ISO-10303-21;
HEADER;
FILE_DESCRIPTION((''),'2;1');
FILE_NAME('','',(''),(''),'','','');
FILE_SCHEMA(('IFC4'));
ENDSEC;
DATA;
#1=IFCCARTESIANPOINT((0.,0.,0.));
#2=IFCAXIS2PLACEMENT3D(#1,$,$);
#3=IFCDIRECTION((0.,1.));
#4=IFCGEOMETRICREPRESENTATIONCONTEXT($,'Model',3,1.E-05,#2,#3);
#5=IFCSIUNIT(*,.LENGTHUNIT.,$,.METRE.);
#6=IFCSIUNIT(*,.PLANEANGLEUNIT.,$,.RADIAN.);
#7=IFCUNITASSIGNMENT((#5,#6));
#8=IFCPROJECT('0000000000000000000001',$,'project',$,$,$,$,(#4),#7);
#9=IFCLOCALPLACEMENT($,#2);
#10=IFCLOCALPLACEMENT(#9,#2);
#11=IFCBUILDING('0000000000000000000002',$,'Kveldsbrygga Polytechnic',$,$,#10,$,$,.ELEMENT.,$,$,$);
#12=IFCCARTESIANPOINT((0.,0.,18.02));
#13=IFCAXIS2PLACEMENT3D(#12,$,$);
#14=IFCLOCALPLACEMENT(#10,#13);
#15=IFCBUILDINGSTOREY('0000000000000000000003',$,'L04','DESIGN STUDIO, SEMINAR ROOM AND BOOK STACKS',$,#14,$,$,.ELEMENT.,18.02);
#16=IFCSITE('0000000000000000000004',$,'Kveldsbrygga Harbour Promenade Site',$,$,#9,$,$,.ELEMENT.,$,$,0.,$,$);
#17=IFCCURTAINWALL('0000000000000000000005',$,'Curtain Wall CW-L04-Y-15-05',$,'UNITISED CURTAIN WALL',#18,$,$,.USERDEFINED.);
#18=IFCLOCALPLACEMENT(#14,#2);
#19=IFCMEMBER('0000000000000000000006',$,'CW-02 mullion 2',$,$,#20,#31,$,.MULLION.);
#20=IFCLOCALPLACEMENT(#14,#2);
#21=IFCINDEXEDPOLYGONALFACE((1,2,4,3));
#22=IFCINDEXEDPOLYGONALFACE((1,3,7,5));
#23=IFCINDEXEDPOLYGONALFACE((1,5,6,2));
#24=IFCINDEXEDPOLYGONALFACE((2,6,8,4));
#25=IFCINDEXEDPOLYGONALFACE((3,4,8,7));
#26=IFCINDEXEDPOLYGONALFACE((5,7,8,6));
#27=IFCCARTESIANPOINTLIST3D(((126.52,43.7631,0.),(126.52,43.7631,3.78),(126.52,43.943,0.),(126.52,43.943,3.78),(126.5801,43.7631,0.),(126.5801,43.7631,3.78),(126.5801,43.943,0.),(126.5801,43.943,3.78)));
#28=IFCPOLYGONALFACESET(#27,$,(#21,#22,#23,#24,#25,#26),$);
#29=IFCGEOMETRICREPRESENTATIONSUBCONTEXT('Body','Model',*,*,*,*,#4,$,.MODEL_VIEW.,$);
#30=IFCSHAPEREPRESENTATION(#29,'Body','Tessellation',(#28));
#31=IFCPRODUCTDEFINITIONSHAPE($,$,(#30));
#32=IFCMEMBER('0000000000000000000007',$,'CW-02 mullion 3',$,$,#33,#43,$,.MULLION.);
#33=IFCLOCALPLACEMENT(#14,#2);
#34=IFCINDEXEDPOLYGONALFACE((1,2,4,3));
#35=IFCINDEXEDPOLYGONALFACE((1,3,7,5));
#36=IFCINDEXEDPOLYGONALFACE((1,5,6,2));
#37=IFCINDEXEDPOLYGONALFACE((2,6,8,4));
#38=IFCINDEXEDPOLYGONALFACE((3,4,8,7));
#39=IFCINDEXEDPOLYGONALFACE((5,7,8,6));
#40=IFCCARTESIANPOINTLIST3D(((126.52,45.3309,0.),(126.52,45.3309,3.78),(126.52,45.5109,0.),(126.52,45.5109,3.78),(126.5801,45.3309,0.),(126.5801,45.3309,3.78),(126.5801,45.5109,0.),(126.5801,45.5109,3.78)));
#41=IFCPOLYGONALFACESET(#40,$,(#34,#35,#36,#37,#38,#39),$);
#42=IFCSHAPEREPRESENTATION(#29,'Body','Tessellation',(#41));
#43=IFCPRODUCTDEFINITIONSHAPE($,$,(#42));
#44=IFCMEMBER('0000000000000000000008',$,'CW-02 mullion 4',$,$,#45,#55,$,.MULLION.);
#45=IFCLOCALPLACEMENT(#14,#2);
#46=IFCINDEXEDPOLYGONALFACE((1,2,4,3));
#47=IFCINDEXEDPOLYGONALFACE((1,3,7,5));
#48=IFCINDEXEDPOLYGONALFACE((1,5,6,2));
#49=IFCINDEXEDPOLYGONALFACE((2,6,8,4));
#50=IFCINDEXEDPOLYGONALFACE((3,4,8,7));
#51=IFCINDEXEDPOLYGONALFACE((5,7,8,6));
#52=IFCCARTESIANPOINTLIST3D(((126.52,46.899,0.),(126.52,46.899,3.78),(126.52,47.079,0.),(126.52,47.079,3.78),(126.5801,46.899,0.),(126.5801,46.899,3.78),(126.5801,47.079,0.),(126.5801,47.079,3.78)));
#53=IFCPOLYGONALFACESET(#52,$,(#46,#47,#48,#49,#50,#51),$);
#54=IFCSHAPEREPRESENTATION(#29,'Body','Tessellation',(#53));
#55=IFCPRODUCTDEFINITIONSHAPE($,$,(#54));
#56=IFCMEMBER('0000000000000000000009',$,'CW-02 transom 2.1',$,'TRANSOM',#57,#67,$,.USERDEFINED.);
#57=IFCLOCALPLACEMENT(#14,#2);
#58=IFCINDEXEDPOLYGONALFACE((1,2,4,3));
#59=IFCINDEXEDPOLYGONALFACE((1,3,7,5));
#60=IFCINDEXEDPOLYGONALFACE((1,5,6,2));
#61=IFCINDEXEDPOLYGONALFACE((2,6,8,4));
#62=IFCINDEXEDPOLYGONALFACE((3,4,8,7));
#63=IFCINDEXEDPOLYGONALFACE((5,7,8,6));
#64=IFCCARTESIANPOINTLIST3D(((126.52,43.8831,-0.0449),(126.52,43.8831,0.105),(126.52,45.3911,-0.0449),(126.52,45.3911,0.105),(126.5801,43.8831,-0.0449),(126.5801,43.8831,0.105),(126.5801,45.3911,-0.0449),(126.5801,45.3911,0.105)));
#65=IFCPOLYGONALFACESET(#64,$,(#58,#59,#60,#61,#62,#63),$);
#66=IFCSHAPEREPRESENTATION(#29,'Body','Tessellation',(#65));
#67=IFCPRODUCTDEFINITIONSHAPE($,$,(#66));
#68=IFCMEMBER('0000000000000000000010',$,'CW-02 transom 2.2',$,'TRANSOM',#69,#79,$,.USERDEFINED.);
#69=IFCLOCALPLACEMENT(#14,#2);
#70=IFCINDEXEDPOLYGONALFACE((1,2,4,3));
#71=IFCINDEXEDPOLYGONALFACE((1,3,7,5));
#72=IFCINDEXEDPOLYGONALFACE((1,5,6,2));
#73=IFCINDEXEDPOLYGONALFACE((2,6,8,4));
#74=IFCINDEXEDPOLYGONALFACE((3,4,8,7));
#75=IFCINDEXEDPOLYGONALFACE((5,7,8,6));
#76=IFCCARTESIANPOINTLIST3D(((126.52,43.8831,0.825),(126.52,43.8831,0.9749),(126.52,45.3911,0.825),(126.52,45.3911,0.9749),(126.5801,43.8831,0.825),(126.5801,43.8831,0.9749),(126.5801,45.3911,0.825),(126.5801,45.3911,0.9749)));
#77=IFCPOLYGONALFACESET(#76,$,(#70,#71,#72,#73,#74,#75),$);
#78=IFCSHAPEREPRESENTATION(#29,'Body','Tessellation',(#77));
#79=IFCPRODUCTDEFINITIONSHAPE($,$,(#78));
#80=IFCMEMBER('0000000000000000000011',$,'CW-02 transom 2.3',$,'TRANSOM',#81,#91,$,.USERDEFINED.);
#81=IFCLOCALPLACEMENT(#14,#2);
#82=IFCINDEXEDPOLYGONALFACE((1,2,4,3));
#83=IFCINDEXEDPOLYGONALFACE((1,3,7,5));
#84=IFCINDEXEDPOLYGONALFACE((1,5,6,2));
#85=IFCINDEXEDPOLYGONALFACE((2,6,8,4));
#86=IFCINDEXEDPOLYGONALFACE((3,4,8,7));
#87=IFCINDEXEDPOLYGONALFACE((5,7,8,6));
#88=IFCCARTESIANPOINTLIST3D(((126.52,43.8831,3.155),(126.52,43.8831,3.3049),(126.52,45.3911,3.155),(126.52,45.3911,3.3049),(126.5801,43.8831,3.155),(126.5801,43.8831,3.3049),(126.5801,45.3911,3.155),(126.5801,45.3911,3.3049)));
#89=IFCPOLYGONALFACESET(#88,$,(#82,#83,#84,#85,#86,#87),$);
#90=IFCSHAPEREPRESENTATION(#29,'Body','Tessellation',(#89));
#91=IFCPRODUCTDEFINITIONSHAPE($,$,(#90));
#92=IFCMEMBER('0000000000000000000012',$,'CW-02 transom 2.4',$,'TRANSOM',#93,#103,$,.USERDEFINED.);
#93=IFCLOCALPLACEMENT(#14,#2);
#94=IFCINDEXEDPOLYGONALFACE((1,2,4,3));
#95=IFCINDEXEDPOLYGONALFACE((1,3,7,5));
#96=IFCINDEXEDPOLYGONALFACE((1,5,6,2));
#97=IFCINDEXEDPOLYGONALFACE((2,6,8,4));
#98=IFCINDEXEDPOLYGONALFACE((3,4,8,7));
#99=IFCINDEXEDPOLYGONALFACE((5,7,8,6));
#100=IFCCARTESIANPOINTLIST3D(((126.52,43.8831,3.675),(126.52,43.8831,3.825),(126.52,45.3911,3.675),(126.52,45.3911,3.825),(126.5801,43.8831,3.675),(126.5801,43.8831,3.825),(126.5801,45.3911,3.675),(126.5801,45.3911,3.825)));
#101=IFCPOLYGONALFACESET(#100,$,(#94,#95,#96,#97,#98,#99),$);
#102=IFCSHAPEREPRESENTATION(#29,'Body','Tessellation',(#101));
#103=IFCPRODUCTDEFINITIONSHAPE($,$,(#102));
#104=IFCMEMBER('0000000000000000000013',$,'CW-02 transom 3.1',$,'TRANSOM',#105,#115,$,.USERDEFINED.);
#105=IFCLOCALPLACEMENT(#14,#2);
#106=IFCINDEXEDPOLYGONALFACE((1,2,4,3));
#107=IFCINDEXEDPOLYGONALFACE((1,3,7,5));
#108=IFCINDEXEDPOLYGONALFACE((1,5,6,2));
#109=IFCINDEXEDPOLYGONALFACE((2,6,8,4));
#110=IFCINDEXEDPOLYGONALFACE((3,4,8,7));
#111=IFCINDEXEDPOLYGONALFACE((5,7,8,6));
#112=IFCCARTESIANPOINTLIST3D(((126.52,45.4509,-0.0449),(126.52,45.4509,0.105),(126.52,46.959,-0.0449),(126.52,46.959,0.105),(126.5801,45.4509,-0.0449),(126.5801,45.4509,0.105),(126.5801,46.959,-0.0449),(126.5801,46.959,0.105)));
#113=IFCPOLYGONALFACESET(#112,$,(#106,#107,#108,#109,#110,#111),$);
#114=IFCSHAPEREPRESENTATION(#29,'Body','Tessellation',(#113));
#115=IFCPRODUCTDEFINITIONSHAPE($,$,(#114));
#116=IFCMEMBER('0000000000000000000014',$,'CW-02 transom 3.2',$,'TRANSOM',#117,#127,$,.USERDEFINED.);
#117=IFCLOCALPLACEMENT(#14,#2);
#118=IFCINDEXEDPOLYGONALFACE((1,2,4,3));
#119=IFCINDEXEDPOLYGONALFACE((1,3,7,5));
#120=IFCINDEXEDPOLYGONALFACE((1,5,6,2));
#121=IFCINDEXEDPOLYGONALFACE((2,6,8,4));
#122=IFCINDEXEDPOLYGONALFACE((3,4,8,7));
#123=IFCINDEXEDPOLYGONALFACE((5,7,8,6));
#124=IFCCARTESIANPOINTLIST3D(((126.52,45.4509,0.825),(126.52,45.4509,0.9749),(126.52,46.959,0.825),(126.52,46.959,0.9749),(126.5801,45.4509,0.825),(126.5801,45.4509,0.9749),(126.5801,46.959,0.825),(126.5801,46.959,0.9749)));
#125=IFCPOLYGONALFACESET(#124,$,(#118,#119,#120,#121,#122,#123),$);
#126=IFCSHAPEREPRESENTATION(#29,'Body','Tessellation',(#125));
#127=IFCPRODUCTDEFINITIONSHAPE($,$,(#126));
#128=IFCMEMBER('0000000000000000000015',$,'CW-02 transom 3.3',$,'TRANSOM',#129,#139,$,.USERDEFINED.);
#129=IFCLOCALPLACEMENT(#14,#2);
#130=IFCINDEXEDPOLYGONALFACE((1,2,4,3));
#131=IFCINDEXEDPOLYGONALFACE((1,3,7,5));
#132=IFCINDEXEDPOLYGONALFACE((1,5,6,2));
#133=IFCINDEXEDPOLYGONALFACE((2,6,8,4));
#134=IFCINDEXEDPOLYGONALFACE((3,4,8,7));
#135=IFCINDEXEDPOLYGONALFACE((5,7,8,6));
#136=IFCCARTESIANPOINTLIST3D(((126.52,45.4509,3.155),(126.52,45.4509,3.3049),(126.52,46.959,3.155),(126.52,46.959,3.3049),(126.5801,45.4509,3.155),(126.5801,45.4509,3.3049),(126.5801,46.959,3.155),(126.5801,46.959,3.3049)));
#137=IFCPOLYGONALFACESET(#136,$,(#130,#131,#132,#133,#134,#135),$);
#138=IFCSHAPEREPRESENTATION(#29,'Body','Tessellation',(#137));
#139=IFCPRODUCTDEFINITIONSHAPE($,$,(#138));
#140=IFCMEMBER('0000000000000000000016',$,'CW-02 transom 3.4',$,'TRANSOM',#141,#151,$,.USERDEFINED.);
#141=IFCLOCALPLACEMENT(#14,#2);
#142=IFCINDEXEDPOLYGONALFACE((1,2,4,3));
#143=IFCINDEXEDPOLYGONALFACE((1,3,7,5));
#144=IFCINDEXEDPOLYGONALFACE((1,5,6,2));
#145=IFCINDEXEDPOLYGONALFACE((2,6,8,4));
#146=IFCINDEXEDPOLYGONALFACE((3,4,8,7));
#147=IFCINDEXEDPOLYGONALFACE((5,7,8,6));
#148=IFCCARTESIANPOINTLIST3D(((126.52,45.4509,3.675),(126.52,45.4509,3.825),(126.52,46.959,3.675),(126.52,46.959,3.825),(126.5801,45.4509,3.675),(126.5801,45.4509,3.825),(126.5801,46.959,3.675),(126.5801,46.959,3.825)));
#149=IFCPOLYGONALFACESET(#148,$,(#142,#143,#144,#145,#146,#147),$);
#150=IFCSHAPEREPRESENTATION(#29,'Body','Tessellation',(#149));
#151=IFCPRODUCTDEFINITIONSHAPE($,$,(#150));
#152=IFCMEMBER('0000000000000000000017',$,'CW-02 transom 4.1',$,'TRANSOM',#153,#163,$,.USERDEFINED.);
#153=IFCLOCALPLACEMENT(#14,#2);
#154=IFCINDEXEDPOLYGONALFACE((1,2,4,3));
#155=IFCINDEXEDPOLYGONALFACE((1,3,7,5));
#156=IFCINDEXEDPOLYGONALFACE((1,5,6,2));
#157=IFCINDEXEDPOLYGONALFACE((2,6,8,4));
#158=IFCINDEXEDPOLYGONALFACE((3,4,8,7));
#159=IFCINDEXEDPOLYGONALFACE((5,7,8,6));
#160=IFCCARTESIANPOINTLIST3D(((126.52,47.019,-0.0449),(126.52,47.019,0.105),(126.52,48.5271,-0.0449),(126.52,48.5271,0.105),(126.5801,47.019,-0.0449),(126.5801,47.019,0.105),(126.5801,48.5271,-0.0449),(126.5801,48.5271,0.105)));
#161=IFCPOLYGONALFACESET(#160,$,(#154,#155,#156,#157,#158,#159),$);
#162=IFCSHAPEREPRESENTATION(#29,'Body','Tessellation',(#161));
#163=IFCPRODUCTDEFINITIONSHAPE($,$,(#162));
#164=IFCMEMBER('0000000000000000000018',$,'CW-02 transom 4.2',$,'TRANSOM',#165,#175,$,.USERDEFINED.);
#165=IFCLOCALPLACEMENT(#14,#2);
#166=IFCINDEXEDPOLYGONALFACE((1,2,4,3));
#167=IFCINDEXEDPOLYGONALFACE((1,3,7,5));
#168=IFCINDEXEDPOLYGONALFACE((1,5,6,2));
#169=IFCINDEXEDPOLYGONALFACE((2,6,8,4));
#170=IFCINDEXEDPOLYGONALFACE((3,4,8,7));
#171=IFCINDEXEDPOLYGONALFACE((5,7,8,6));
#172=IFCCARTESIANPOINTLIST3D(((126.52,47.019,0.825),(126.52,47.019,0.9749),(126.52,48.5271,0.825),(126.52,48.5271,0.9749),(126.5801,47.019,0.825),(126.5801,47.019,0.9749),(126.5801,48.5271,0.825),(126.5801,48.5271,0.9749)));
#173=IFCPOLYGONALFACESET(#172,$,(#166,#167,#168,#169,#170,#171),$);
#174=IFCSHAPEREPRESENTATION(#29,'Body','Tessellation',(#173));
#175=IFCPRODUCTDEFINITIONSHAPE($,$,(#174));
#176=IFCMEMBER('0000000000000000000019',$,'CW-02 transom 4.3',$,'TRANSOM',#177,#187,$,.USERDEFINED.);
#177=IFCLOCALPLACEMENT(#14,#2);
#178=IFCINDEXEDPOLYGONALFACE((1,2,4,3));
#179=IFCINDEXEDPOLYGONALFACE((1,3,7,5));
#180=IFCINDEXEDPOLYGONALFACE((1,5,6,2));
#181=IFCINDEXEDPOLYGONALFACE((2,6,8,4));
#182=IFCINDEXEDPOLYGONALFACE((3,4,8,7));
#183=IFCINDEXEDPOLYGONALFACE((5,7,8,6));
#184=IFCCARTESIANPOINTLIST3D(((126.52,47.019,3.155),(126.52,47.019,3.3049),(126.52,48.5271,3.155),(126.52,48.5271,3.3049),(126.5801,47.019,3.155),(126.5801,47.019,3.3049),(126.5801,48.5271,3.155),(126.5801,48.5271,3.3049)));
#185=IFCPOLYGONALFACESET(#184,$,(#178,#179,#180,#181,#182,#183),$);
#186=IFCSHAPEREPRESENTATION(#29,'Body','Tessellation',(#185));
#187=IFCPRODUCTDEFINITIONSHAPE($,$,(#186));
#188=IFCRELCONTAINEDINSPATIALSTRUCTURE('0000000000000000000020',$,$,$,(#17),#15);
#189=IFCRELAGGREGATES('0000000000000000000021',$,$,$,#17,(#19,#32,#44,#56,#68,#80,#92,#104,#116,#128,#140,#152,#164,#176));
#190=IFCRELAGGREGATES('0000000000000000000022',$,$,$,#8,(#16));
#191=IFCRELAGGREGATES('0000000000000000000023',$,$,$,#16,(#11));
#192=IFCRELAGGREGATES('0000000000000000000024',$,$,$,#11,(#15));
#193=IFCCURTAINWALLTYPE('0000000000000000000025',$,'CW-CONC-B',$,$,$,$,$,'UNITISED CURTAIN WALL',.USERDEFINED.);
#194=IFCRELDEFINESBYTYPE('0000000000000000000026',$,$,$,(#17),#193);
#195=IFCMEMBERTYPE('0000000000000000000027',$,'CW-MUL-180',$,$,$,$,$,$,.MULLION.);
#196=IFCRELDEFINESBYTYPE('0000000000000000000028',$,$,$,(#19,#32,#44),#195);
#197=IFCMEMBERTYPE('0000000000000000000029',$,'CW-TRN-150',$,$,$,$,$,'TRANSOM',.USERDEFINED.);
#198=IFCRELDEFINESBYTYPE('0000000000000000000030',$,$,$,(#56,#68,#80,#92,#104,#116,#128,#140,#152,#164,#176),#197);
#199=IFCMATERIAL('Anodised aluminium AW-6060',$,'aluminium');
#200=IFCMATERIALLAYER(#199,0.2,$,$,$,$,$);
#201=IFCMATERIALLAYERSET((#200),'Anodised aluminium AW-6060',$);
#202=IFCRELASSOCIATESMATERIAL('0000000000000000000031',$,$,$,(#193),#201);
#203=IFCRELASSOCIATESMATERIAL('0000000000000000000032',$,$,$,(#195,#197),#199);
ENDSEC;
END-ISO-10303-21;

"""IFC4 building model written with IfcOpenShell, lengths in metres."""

from ifc_helpers import new_model, si_unit, direction, frame, origin, origin_2d, place, context, subcontext, project, spatial, rectangle, extrude, material, layer, layer_set, material_profile, profile_set, type_object, element, aggregate, save


model = new_model("IFC4")

# Units and contexts
model_context = context("Model", 3, precision=1e-05, world=origin(), true_north=direction((0.0, 1.0)))
body_context = subcontext(model_context, "Body", "Model", "MODEL_VIEW")
ifc_project = project(units=[si_unit("LENGTHUNIT", "METRE"), si_unit("PLANEANGLEUNIT", "RADIAN")], contexts=[model_context])

# Site, building, storey
site_placement = place(None, origin())
site = spatial("IfcSite", under=ifc_project, at=site_placement, Name="Kveldsbrygga Harbour Promenade Site", CompositionType="ELEMENT", RefElevation=0.0)
building_placement = place(site_placement, origin())
building = spatial("IfcBuilding", under=site, at=building_placement, Name="Kveldsbrygga Polytechnic", CompositionType="ELEMENT")
storey_placement = place(building_placement, frame((0.0, 0.0, 18.02)))
storey = spatial("IfcBuildingStorey", under=building, at=storey_placement, Name="L04", Description="DESIGN STUDIO, SEMINAR ROOM AND BOOK STACKS", CompositionType="ELEMENT", Elevation=18.02)

# Curtain wall, members
ifc_material_1 = material(Name="Anodised aluminium AW-6060", Category="aluminium")
ifc_layer_1 = layer(ifc_material_1, 0.2)
ifc_layer_set_1 = layer_set([ifc_layer_1], Name="Anodised aluminium AW-6060")
curtain_wall_type = type_object("IfcCurtainWallType", Name="CW-CONC-B", ElementType="UNITISED CURTAIN WALL", PredefinedType="USERDEFINED", material=ifc_layer_set_1)
curtain_wall_placement = place(storey_placement, origin())
curtain_wall = element("IfcCurtainWall", 1, at=curtain_wall_placement, inside=storey, type_object=curtain_wall_type, Name="Curtain Wall CW-L04-Y-15-05", ObjectType="UNITISED CURTAIN WALL", PredefinedType="USERDEFINED")
ifc_material_profile_1 = material_profile(ifc_material_1, rectangle(XDim=0.0601, YDim=0.1799, at=origin_2d()), Name="ALU 60x180")
ifc_profile_set_1 = profile_set([ifc_material_profile_1], Name="Anodised aluminium AW-6060")
member_type_1 = type_object("IfcMemberType", Name="CW-MUL-180", PredefinedType="MULLION", material=ifc_profile_set_1)
member_1_placement = place(storey_placement, frame((126.55, 43.853, 0.0), z_axis=(0.0, 0.0, 1.0), x_axis=(-1.0, 0.0, 0.0)))
member_1 = element("IfcMember", 2, at=member_1_placement, type_object=member_type_1, Name="CW-02 mullion 2", PredefinedType="MULLION", context=body_context, shape_type="SweptSolid", body=[
    extrude(rectangle(XDim=0.0601, YDim=0.1799, at=origin_2d()), origin(), (0.0, 0.0, 1.0), 3.78),
])
member_2_placement = place(storey_placement, frame((126.55, 45.4209, 0.0), z_axis=(0.0, 0.0, 1.0), x_axis=(-1.0, 0.0, 0.0)))
member_2 = element("IfcMember", 3, at=member_2_placement, type_object=member_type_1, Name="CW-02 mullion 3", PredefinedType="MULLION", context=body_context, shape_type="SweptSolid", body=[
    extrude(rectangle(XDim=0.0601, YDim=0.1799, at=origin_2d()), origin(), (0.0, 0.0, 1.0), 3.78),
])
member_3_placement = place(storey_placement, frame((126.55, 46.989, 0.0), z_axis=(0.0, 0.0, 1.0), x_axis=(-1.0, 0.0, 0.0)))
member_3 = element("IfcMember", 4, at=member_3_placement, type_object=member_type_1, Name="CW-02 mullion 4", PredefinedType="MULLION", context=body_context, shape_type="SweptSolid", body=[
    extrude(rectangle(XDim=0.0601, YDim=0.1799, at=origin_2d()), origin(), (0.0, 0.0, 1.0), 3.78),
])
ifc_material_profile_2 = material_profile(ifc_material_1, rectangle(XDim=0.0601, YDim=0.1499, at=origin_2d()), Name="ALU 60x150")
ifc_profile_set_2 = profile_set([ifc_material_profile_2], Name="Anodised aluminium AW-6060")
member_type_2 = type_object("IfcMemberType", Name="CW-TRN-150", ElementType="TRANSOM", PredefinedType="USERDEFINED", material=ifc_profile_set_2)
member_4_placement = place(storey_placement, frame((126.55, 43.8831, 0.03), z_axis=(0.0, 1.0, 0.0), x_axis=(-1.0, 0.0, 0.0)))
member_4 = element("IfcMember", 5, at=member_4_placement, type_object=member_type_2, Name="CW-02 transom 2.1", ObjectType="TRANSOM", PredefinedType="USERDEFINED", context=body_context, shape_type="SweptSolid", body=[
    extrude(rectangle(XDim=0.0601, YDim=0.1499, at=origin_2d()), origin(), (0.0, 0.0, 1.0), 1.5081),
])
member_5_placement = place(storey_placement, frame((126.55, 43.8831, 0.8999), z_axis=(0.0, 1.0, 0.0), x_axis=(-1.0, 0.0, 0.0)))
member_5 = element("IfcMember", 6, at=member_5_placement, type_object=member_type_2, Name="CW-02 transom 2.2", ObjectType="TRANSOM", PredefinedType="USERDEFINED", context=body_context, shape_type="SweptSolid", body=[
    extrude(rectangle(XDim=0.0601, YDim=0.1499, at=origin_2d()), origin(), (0.0, 0.0, 1.0), 1.5081),
])
member_6_placement = place(storey_placement, frame((126.55, 43.8831, 3.23), z_axis=(0.0, 1.0, 0.0), x_axis=(-1.0, 0.0, 0.0)))
member_6 = element("IfcMember", 7, at=member_6_placement, type_object=member_type_2, Name="CW-02 transom 2.3", ObjectType="TRANSOM", PredefinedType="USERDEFINED", context=body_context, shape_type="SweptSolid", body=[
    extrude(rectangle(XDim=0.0601, YDim=0.1499, at=origin_2d()), origin(), (0.0, 0.0, 1.0), 1.5081),
])
member_7_placement = place(storey_placement, frame((126.55, 43.8831, 3.75), z_axis=(0.0, 1.0, 0.0), x_axis=(-1.0, 0.0, 0.0)))
member_7 = element("IfcMember", 8, at=member_7_placement, type_object=member_type_2, Name="CW-02 transom 2.4", ObjectType="TRANSOM", PredefinedType="USERDEFINED", context=body_context, shape_type="SweptSolid", body=[
    extrude(rectangle(XDim=0.0601, YDim=0.1499, at=origin_2d()), origin(), (0.0, 0.0, 1.0), 1.5081),
])
member_8_placement = place(storey_placement, frame((126.55, 45.4509, 0.03), z_axis=(0.0, 1.0, 0.0), x_axis=(-1.0, 0.0, 0.0)))
member_8 = element("IfcMember", 9, at=member_8_placement, type_object=member_type_2, Name="CW-02 transom 3.1", ObjectType="TRANSOM", PredefinedType="USERDEFINED", context=body_context, shape_type="SweptSolid", body=[
    extrude(rectangle(XDim=0.0601, YDim=0.1499, at=origin_2d()), origin(), (0.0, 0.0, 1.0), 1.5081),
])
member_9_placement = place(storey_placement, frame((126.55, 45.4509, 0.8999), z_axis=(0.0, 1.0, 0.0), x_axis=(-1.0, 0.0, 0.0)))
member_9 = element("IfcMember", 10, at=member_9_placement, type_object=member_type_2, Name="CW-02 transom 3.2", ObjectType="TRANSOM", PredefinedType="USERDEFINED", context=body_context, shape_type="SweptSolid", body=[
    extrude(rectangle(XDim=0.0601, YDim=0.1499, at=origin_2d()), origin(), (0.0, 0.0, 1.0), 1.5081),
])
member_10_placement = place(storey_placement, frame((126.55, 45.4509, 3.23), z_axis=(0.0, 1.0, 0.0), x_axis=(-1.0, 0.0, 0.0)))
member_10 = element("IfcMember", 11, at=member_10_placement, type_object=member_type_2, Name="CW-02 transom 3.3", ObjectType="TRANSOM", PredefinedType="USERDEFINED", context=body_context, shape_type="SweptSolid", body=[
    extrude(rectangle(XDim=0.0601, YDim=0.1499, at=origin_2d()), origin(), (0.0, 0.0, 1.0), 1.5081),
])
member_11_placement = place(storey_placement, frame((126.55, 45.4509, 3.75), z_axis=(0.0, 1.0, 0.0), x_axis=(-1.0, 0.0, 0.0)))
member_11 = element("IfcMember", 12, at=member_11_placement, type_object=member_type_2, Name="CW-02 transom 3.4", ObjectType="TRANSOM", PredefinedType="USERDEFINED", context=body_context, shape_type="SweptSolid", body=[
    extrude(rectangle(XDim=0.0601, YDim=0.1499, at=origin_2d()), origin(), (0.0, 0.0, 1.0), 1.5081),
])
member_12_placement = place(storey_placement, frame((126.55, 47.019, 0.03), z_axis=(0.0, 1.0, 0.0), x_axis=(-1.0, 0.0, 0.0)))
member_12 = element("IfcMember", 13, at=member_12_placement, type_object=member_type_2, Name="CW-02 transom 4.1", ObjectType="TRANSOM", PredefinedType="USERDEFINED", context=body_context, shape_type="SweptSolid", body=[
    extrude(rectangle(XDim=0.0601, YDim=0.1499, at=origin_2d()), origin(), (0.0, 0.0, 1.0), 1.5081),
])
member_13_placement = place(storey_placement, frame((126.55, 47.019, 0.8999), z_axis=(0.0, 1.0, 0.0), x_axis=(-1.0, 0.0, 0.0)))
member_13 = element("IfcMember", 14, at=member_13_placement, type_object=member_type_2, Name="CW-02 transom 4.2", ObjectType="TRANSOM", PredefinedType="USERDEFINED", context=body_context, shape_type="SweptSolid", body=[
    extrude(rectangle(XDim=0.0601, YDim=0.1499, at=origin_2d()), origin(), (0.0, 0.0, 1.0), 1.5081),
])
member_14_placement = place(storey_placement, frame((126.55, 47.019, 3.23), z_axis=(0.0, 1.0, 0.0), x_axis=(-1.0, 0.0, 0.0)))
member_14 = element("IfcMember", 15, at=member_14_placement, type_object=member_type_2, Name="CW-02 transom 4.3", ObjectType="TRANSOM", PredefinedType="USERDEFINED", context=body_context, shape_type="SweptSolid", body=[
    extrude(rectangle(XDim=0.0601, YDim=0.1499, at=origin_2d()), origin(), (0.0, 0.0, 1.0), 1.5081),
])

aggregate(curtain_wall, [member_1, member_2, member_3, member_4, member_5, member_6, member_7, member_8, member_9, member_10, member_11, member_12, member_13, member_14])

save(model, "model.ifc")
